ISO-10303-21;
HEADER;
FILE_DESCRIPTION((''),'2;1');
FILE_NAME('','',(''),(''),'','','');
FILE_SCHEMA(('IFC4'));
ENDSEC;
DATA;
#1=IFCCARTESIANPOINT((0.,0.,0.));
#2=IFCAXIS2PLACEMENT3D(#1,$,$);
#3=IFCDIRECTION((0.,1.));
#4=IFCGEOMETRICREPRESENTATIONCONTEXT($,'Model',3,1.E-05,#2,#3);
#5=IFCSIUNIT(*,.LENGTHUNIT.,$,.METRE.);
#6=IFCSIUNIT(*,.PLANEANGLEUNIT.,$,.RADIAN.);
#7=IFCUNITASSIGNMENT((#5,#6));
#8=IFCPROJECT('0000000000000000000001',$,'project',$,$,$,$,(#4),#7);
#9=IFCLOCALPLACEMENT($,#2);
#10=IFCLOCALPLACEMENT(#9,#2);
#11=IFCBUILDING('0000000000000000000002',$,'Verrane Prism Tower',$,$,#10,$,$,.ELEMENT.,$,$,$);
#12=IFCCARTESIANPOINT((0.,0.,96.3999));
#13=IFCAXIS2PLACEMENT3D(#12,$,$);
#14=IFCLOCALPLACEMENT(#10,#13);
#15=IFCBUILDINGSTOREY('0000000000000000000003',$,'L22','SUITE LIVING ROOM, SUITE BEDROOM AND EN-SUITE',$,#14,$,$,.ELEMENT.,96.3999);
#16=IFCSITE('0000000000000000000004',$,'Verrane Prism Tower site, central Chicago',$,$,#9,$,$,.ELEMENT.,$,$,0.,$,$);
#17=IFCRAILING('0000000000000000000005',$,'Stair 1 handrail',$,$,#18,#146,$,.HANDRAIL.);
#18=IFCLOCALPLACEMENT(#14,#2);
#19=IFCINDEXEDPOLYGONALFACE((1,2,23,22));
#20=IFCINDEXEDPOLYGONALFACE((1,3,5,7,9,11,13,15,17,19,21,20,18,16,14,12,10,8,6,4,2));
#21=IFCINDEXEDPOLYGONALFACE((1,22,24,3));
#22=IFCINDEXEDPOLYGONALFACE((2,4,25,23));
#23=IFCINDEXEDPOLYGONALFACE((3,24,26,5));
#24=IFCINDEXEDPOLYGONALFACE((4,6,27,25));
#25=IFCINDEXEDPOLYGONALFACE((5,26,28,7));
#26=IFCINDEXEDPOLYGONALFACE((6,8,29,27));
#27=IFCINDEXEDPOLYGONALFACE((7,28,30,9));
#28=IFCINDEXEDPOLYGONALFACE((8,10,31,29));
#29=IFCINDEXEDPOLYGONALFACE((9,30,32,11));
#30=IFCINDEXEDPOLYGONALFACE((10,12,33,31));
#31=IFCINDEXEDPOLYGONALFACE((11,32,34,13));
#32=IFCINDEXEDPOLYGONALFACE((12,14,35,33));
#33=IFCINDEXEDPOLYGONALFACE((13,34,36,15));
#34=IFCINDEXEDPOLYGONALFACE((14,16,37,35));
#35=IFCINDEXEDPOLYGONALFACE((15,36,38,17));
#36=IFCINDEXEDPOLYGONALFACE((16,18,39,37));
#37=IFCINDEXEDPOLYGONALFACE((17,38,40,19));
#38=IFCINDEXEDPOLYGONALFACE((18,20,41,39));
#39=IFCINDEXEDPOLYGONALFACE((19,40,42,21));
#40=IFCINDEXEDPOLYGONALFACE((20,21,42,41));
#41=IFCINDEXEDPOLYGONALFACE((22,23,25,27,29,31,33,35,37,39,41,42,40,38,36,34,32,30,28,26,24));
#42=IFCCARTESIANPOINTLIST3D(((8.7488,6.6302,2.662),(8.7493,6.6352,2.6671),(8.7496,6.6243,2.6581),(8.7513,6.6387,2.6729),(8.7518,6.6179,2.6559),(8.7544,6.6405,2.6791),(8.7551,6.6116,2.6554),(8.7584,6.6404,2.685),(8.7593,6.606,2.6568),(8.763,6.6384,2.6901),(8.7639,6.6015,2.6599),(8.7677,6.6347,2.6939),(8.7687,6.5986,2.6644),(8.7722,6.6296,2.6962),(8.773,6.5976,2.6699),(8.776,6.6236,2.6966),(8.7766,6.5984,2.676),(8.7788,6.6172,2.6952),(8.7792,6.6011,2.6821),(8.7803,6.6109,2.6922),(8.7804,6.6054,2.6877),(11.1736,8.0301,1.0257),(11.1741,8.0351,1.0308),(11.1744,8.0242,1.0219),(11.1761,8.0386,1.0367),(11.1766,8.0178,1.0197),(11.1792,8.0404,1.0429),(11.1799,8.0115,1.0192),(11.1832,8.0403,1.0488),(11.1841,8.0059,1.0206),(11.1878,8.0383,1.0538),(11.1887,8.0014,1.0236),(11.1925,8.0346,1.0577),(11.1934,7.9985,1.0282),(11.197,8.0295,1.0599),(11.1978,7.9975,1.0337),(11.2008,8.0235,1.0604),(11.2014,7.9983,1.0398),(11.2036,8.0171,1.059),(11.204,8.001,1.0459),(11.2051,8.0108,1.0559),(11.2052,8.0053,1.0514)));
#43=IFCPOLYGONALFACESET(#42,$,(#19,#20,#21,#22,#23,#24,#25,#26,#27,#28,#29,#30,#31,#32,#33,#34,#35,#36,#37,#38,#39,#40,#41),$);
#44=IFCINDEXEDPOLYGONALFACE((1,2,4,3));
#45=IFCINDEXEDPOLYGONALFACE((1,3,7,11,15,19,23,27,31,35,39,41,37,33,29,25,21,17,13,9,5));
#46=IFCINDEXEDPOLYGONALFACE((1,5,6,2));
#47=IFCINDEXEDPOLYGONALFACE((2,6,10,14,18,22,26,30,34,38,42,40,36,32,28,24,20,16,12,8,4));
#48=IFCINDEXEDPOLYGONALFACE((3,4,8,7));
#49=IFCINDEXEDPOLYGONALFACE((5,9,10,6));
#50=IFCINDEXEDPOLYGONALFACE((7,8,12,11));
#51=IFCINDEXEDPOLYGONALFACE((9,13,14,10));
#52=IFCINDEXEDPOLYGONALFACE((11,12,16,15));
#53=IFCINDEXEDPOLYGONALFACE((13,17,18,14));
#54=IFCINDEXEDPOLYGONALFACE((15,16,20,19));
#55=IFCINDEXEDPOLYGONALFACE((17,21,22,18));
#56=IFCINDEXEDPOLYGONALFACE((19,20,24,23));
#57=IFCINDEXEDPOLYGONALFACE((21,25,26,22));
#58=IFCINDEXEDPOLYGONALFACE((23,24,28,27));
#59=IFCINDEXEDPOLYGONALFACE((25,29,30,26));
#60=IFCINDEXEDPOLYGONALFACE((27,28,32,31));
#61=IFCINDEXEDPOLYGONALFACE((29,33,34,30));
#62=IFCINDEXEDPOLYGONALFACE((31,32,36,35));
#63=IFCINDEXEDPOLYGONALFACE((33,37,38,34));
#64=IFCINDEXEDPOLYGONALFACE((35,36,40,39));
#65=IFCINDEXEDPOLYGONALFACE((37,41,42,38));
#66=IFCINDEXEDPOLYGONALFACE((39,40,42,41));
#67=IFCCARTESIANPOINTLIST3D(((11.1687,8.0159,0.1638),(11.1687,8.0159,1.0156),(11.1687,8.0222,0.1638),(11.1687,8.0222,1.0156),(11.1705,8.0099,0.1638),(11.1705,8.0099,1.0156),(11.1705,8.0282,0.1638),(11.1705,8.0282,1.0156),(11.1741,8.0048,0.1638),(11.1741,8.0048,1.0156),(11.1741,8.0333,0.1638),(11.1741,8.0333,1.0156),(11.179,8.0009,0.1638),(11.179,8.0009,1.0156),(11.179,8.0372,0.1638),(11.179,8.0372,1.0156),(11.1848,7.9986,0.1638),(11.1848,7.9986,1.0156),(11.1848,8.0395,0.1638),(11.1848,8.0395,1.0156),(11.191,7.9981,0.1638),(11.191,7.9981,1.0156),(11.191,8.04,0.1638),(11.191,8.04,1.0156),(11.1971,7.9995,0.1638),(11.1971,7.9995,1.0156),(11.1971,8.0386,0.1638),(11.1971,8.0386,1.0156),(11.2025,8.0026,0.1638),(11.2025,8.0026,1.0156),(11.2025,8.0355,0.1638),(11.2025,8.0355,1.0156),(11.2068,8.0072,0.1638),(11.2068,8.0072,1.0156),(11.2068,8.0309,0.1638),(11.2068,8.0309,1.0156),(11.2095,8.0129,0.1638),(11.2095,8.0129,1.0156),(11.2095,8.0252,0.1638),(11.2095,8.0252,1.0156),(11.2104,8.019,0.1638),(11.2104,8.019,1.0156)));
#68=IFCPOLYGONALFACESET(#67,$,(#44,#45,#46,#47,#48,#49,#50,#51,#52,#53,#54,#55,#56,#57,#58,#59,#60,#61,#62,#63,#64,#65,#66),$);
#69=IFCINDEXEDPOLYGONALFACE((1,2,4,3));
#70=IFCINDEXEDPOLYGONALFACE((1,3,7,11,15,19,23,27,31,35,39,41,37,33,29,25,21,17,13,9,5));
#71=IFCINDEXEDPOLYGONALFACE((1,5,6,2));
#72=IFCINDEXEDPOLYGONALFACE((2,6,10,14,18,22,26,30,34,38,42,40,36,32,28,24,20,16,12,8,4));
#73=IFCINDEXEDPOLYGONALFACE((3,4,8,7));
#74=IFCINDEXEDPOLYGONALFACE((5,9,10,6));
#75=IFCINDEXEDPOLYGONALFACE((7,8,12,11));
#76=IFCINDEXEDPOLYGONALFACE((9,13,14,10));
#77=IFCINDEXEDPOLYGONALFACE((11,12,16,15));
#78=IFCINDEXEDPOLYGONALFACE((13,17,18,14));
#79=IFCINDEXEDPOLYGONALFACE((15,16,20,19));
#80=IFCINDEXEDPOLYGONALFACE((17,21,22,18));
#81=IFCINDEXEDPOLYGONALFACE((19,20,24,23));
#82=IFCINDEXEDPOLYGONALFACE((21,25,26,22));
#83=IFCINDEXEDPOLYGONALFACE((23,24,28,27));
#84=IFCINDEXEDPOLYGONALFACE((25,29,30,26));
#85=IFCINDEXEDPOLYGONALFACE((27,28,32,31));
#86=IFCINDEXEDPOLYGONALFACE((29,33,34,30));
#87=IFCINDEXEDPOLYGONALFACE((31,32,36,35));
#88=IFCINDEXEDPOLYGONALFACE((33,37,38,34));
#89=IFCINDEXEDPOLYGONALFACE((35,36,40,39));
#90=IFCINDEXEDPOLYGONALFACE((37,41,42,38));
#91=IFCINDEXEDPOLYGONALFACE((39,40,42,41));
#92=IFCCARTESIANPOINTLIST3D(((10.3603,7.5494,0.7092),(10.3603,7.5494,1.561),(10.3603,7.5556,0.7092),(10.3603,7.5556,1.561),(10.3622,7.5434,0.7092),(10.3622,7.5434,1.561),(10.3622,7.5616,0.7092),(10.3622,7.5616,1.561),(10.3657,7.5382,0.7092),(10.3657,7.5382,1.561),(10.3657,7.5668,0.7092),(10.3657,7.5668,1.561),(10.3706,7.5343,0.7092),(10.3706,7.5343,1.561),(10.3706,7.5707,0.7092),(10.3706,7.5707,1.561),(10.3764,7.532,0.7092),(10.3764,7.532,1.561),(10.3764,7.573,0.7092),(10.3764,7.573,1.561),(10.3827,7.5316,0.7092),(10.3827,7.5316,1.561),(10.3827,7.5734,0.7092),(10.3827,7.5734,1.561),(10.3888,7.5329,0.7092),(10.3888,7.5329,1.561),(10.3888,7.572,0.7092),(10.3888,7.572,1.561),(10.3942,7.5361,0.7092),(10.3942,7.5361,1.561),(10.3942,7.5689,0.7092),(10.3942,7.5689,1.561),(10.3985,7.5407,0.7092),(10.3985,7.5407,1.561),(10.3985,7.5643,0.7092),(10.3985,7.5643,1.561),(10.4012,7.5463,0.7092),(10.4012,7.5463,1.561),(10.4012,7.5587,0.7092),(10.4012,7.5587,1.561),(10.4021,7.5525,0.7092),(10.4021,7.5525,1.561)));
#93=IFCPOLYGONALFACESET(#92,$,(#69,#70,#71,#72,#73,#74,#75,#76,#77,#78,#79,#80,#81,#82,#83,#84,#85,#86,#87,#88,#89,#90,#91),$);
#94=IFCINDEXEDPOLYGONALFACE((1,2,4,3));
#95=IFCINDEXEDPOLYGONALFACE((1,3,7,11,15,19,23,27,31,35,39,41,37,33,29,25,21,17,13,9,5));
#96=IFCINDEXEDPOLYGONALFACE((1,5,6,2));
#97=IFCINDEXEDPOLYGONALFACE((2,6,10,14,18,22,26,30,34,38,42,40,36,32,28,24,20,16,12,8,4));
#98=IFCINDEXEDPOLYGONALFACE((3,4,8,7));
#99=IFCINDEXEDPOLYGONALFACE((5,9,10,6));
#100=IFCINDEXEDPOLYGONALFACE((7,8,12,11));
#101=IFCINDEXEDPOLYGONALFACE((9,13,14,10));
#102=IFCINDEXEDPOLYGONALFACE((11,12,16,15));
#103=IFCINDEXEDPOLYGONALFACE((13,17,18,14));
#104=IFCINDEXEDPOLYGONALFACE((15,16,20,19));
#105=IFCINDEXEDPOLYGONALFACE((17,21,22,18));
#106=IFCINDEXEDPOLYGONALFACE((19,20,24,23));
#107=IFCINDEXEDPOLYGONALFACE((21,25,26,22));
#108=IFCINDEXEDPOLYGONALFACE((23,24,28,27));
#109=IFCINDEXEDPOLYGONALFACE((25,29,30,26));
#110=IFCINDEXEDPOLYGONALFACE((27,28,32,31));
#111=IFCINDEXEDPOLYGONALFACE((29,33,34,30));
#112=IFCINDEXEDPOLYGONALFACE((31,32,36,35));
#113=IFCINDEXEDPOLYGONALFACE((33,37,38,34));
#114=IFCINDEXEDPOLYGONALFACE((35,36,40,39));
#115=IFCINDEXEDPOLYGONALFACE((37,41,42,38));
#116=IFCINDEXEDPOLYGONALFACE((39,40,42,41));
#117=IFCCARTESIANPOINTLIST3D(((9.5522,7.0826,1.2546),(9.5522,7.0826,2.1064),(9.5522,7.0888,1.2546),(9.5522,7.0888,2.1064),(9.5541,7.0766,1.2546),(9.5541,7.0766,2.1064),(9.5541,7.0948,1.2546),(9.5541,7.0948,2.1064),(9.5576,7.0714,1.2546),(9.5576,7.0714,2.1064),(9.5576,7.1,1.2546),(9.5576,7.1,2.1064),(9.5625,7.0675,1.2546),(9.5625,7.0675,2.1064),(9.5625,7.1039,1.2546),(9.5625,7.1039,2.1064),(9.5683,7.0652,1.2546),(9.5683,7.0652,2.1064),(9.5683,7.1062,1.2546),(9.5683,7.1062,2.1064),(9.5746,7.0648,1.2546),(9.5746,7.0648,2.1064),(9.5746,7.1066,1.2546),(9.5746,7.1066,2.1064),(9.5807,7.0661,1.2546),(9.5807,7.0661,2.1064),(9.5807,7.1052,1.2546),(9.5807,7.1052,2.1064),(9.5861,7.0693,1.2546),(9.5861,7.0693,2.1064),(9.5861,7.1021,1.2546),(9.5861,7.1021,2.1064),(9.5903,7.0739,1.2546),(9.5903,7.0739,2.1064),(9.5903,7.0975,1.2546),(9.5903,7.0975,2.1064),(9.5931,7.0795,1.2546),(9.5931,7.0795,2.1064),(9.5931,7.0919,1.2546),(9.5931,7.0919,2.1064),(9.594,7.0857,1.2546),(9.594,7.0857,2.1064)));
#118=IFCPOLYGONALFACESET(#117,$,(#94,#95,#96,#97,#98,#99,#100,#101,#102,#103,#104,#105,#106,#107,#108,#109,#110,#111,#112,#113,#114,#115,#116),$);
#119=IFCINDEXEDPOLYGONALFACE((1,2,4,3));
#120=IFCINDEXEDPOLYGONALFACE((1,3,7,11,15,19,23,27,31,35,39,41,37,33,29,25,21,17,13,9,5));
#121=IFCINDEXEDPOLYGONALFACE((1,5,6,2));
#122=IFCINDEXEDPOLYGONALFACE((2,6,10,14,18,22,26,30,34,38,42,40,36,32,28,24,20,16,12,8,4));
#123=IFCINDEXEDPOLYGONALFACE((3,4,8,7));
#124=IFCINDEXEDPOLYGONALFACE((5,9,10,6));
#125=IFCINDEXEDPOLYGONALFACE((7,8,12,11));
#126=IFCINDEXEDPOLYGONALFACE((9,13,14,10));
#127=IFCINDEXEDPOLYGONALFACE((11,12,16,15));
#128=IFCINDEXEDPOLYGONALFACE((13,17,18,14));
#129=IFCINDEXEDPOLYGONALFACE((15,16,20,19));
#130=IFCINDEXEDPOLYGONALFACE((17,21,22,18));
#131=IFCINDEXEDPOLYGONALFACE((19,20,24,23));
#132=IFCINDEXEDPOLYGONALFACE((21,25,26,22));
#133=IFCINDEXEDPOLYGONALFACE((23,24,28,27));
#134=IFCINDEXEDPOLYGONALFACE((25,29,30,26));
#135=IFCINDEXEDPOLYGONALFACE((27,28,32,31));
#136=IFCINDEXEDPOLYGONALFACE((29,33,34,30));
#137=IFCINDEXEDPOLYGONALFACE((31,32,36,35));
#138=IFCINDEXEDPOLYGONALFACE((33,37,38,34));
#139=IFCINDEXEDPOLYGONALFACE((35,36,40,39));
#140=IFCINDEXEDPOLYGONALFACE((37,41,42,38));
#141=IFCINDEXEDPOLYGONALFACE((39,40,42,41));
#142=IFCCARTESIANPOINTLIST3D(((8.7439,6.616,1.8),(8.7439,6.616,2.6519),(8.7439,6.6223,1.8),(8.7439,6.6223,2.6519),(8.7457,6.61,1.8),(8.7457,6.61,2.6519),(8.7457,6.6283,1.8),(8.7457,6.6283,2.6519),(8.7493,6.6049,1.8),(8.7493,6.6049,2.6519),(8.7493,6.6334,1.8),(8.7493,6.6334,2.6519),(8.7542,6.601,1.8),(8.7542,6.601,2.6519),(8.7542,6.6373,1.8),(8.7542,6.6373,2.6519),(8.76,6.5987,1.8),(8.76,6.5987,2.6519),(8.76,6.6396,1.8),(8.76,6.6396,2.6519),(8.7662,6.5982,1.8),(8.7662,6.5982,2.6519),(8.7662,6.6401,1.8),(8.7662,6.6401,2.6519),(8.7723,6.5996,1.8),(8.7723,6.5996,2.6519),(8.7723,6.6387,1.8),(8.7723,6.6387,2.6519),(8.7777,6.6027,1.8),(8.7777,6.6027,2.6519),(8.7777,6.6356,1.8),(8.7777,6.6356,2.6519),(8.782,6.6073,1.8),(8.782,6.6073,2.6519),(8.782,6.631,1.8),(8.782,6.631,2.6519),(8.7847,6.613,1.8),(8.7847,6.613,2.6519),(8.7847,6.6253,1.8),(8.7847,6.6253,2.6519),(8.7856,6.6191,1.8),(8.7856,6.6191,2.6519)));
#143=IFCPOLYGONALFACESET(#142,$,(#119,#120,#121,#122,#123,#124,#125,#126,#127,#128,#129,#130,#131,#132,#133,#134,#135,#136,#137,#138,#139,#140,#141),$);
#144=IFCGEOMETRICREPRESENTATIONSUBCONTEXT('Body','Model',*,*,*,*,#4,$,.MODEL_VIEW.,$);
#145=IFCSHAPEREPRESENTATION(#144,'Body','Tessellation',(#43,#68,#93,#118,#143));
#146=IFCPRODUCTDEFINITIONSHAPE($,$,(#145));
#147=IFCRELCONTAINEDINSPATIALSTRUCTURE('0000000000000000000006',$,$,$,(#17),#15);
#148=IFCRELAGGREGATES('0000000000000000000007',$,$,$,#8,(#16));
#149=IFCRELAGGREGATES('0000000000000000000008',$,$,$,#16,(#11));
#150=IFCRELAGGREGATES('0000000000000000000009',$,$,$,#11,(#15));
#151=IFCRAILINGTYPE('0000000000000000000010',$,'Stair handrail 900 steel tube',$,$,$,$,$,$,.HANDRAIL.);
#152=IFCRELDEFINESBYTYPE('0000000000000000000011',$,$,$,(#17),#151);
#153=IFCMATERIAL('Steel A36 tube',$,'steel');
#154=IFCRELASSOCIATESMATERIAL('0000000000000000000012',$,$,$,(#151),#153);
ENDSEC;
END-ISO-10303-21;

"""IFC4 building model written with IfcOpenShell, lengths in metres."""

from ifc_helpers import new_model, si_unit, direction, frame, origin, origin_2d, place, context, subcontext, project, spatial, circle, extrude, material, type_object, element, save


model = new_model("IFC4")

# Units and contexts
model_context = context("Model", 3, precision=1e-05, world=origin(), true_north=direction((0.0, 1.0)))
body_context = subcontext(model_context, "Body", "Model", "MODEL_VIEW")
ifc_project = project(units=[si_unit("LENGTHUNIT", "METRE"), si_unit("PLANEANGLEUNIT", "RADIAN")], contexts=[model_context])

# Site, building, storey
site_placement = place(None, origin())
site = spatial("IfcSite", under=ifc_project, at=site_placement, Name="Verrane Prism Tower site, central Chicago", CompositionType="ELEMENT", RefElevation=0.0)
building_placement = place(site_placement, origin())
building = spatial("IfcBuilding", under=site, at=building_placement, Name="Verrane Prism Tower", CompositionType="ELEMENT")
storey_placement = place(building_placement, frame((0.0, 0.0, 96.3999)))
storey = spatial("IfcBuildingStorey", under=building, at=storey_placement, Name="L22", Description="SUITE LIVING ROOM, SUITE BEDROOM AND EN-SUITE", CompositionType="ELEMENT", Elevation=96.3999)

# Railing
ifc_material_1 = material(Name="Steel A36 tube", Category="steel")
railing_type_1 = type_object("IfcRailingType", Name="Stair handrail 900 steel tube", PredefinedType="HANDRAIL", material=ifc_material_1)
railing_1_placement = place(storey_placement, frame((11.1895, 8.019, 0.1638)))
element("IfcRailing", 1, at=railing_1_placement, inside=storey, type_object=railing_type_1, Name="Stair 1 handrail", PredefinedType="HANDRAIL", context=body_context, shape_type="SweptSolid", body=[
    extrude(circle(Radius=0.0239, at=origin_2d()), frame((0.0, 0.0, 0.876), z_axis=(-0.747718, -0.431677, 0.504552), x_axis=(0.499984, -0.866035, 0.0)), (0.0, 0.0, 1.0), 3.2429),
    extrude(circle(Radius=0.021, at=origin_2d()), origin(), (0.0, 0.0, 1.0), 0.8518),
    extrude(circle(Radius=0.021, at=origin_2d()), frame((-0.8083, -0.4666, 0.5454)), (0.0, 0.0, 1.0), 0.8518),
    extrude(circle(Radius=0.021, at=origin_2d()), frame((-1.6165, -0.9333, 1.0908)), (0.0, 0.0, 1.0), 0.8518),
    extrude(circle(Radius=0.021, at=origin_2d()), frame((-2.4248, -1.3999, 1.6362)), (0.0, 0.0, 1.0), 0.8518),
])

save(model, "model.ifc")
